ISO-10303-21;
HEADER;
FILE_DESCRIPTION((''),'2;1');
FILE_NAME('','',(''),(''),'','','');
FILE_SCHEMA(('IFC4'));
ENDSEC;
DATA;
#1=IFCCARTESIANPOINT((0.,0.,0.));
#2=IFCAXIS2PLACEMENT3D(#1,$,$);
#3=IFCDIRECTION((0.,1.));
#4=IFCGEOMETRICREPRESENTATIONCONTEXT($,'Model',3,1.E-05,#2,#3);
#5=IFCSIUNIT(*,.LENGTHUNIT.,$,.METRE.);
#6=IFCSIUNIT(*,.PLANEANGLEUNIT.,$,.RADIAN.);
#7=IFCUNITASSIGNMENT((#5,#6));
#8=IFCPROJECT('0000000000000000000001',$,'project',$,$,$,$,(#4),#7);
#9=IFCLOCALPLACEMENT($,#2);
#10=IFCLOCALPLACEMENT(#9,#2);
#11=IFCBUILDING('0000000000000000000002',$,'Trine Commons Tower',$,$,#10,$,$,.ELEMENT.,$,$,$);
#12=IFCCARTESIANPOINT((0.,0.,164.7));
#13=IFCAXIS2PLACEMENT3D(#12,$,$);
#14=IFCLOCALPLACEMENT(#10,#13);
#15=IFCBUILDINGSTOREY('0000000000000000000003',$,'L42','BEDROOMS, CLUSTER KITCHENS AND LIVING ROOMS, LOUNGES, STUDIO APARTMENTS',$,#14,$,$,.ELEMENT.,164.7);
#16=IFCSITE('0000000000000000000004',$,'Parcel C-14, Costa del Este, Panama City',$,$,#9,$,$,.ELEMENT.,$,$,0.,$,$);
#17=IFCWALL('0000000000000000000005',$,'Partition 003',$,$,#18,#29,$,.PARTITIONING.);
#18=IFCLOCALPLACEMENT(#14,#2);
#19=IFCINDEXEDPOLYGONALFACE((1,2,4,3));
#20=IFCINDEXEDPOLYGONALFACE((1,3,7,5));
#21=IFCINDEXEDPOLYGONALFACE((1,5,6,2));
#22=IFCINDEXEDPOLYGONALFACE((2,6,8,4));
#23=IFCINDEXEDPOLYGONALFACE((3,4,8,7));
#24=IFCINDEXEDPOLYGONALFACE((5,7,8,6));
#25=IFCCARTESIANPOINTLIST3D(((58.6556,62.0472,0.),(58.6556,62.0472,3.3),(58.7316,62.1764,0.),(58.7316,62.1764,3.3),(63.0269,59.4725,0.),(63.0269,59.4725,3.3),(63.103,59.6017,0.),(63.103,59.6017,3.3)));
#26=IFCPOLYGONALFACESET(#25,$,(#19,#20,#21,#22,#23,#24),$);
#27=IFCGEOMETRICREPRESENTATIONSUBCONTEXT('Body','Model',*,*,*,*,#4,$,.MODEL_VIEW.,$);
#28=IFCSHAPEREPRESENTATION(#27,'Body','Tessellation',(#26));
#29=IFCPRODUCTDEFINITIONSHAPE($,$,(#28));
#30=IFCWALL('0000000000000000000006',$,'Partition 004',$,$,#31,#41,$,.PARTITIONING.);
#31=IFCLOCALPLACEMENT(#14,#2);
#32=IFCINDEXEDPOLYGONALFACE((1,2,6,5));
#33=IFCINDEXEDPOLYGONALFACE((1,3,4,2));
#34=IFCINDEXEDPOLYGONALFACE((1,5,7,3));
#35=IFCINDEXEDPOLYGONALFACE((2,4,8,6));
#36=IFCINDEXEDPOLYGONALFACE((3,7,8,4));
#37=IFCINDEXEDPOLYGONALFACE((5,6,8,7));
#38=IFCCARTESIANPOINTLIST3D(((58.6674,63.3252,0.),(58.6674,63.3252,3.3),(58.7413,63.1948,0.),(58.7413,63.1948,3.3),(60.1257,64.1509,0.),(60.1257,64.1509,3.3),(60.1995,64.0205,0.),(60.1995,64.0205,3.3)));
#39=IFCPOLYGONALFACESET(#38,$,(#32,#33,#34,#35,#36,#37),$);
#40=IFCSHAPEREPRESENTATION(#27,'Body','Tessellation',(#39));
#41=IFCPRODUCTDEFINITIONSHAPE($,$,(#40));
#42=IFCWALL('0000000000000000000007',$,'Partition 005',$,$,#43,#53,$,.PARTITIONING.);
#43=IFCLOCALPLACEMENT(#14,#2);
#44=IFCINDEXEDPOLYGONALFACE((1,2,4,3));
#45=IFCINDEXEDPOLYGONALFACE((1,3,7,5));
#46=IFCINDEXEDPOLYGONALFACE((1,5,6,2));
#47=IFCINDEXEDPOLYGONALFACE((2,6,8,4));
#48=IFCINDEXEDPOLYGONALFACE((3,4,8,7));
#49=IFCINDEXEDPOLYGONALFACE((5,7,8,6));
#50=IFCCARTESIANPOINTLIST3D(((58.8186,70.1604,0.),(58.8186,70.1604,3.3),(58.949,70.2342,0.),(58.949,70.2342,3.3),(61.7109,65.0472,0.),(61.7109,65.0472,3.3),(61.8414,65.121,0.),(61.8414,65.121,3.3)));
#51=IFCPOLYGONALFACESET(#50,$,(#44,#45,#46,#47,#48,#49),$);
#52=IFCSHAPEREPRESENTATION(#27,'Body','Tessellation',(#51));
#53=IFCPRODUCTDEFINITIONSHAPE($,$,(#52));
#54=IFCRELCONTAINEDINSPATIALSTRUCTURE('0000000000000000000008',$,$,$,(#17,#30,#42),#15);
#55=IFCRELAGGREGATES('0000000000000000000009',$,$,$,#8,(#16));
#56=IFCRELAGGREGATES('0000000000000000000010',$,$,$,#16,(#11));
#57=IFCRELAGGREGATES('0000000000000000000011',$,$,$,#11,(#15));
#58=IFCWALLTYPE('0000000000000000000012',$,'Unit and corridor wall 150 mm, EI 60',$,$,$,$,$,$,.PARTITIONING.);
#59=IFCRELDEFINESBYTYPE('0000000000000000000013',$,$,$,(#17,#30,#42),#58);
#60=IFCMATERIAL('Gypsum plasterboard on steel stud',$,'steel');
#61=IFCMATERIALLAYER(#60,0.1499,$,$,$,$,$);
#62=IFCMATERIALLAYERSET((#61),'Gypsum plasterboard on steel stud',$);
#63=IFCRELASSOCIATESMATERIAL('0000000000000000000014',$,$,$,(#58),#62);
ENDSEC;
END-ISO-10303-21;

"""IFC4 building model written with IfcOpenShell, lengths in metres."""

from ifc_helpers import new_model, si_unit, direction, frame, frame_2d, origin, place, context, subcontext, project, spatial, rectangle, extrude, material, layer, layer_set, type_object, element, save


model = new_model("IFC4")

# Units and contexts
model_context = context("Model", 3, precision=1e-05, world=origin(), true_north=direction((0.0, 1.0)))
body_context = subcontext(model_context, "Body", "Model", "MODEL_VIEW")
ifc_project = project(units=[si_unit("LENGTHUNIT", "METRE"), si_unit("PLANEANGLEUNIT", "RADIAN")], contexts=[model_context])

# Site, building, storey
site_placement = place(None, origin())
site = spatial("IfcSite", under=ifc_project, at=site_placement, Name="Parcel C-14, Costa del Este, Panama City", CompositionType="ELEMENT", RefElevation=0.0)
building_placement = place(site_placement, origin())
building = spatial("IfcBuilding", under=site, at=building_placement, Name="Trine Commons Tower", CompositionType="ELEMENT")
storey_placement = place(building_placement, frame((0.0, 0.0, 164.7)))
storey = spatial("IfcBuildingStorey", under=building, at=storey_placement, Name="L42", Description="BEDROOMS, CLUSTER KITCHENS AND LIVING ROOMS, LOUNGES, STUDIO APARTMENTS", CompositionType="ELEMENT", Elevation=164.7)

# Shared definitions
ifc_material_1 = material(Name="Gypsum plasterboard on steel stud", Category="steel")
ifc_layer_1 = layer(ifc_material_1, 0.1499)
ifc_layer_set_1 = layer_set([ifc_layer_1], Name="Gypsum plasterboard on steel stud")
wall_type_1 = type_object("IfcWallType", Name="Unit and corridor wall 150 mm, EI 60", PredefinedType="PARTITIONING", material=ifc_layer_set_1)

# Walls
wall_1_placement = place(storey_placement, frame((58.6936, 62.1118, 0.0), z_axis=(0.0, 0.0, 1.0), x_axis=(0.861647, -0.507508, 0.0)))
element("IfcWall", 1, at=wall_1_placement, inside=storey, type_object=wall_type_1, Name="Partition 003", PredefinedType="PARTITIONING", context=body_context, shape_type="SweptSolid", body=[
    extrude(rectangle(XDim=5.0732, YDim=0.1499, at=frame_2d((2.5366, 0.0))), origin(), (0.0, 0.0, 1.0), 3.3),
])
wall_2_placement = place(storey_placement, frame((58.7043, 63.26, 0.0), z_axis=(0.0, 0.0, 1.0), x_axis=(0.870191, 0.492715, 0.0)))
element("IfcWall", 2, at=wall_2_placement, inside=storey, type_object=wall_type_1, Name="Partition 004", PredefinedType="PARTITIONING", context=body_context, shape_type="SweptSolid", body=[
    extrude(rectangle(XDim=1.6758, YDim=0.1499, at=frame_2d((0.8379, 0.0))), origin(), (0.0, 0.0, 1.0), 3.3),
])
wall_3_placement = place(storey_placement, frame((58.8838, 70.1973, 0.0), z_axis=(0.0, 0.0, 1.0), x_axis=(0.492361, -0.870391, 0.0)))
element("IfcWall", 3, at=wall_3_placement, inside=storey, type_object=wall_type_1, Name="Partition 005", PredefinedType="PARTITIONING", context=body_context, shape_type="SweptSolid", body=[
    extrude(rectangle(XDim=5.8745, YDim=0.1499, at=frame_2d((2.9373, 0.0))), origin(), (0.0, 0.0, 1.0), 3.3),
])

save(model, "model.ifc")
